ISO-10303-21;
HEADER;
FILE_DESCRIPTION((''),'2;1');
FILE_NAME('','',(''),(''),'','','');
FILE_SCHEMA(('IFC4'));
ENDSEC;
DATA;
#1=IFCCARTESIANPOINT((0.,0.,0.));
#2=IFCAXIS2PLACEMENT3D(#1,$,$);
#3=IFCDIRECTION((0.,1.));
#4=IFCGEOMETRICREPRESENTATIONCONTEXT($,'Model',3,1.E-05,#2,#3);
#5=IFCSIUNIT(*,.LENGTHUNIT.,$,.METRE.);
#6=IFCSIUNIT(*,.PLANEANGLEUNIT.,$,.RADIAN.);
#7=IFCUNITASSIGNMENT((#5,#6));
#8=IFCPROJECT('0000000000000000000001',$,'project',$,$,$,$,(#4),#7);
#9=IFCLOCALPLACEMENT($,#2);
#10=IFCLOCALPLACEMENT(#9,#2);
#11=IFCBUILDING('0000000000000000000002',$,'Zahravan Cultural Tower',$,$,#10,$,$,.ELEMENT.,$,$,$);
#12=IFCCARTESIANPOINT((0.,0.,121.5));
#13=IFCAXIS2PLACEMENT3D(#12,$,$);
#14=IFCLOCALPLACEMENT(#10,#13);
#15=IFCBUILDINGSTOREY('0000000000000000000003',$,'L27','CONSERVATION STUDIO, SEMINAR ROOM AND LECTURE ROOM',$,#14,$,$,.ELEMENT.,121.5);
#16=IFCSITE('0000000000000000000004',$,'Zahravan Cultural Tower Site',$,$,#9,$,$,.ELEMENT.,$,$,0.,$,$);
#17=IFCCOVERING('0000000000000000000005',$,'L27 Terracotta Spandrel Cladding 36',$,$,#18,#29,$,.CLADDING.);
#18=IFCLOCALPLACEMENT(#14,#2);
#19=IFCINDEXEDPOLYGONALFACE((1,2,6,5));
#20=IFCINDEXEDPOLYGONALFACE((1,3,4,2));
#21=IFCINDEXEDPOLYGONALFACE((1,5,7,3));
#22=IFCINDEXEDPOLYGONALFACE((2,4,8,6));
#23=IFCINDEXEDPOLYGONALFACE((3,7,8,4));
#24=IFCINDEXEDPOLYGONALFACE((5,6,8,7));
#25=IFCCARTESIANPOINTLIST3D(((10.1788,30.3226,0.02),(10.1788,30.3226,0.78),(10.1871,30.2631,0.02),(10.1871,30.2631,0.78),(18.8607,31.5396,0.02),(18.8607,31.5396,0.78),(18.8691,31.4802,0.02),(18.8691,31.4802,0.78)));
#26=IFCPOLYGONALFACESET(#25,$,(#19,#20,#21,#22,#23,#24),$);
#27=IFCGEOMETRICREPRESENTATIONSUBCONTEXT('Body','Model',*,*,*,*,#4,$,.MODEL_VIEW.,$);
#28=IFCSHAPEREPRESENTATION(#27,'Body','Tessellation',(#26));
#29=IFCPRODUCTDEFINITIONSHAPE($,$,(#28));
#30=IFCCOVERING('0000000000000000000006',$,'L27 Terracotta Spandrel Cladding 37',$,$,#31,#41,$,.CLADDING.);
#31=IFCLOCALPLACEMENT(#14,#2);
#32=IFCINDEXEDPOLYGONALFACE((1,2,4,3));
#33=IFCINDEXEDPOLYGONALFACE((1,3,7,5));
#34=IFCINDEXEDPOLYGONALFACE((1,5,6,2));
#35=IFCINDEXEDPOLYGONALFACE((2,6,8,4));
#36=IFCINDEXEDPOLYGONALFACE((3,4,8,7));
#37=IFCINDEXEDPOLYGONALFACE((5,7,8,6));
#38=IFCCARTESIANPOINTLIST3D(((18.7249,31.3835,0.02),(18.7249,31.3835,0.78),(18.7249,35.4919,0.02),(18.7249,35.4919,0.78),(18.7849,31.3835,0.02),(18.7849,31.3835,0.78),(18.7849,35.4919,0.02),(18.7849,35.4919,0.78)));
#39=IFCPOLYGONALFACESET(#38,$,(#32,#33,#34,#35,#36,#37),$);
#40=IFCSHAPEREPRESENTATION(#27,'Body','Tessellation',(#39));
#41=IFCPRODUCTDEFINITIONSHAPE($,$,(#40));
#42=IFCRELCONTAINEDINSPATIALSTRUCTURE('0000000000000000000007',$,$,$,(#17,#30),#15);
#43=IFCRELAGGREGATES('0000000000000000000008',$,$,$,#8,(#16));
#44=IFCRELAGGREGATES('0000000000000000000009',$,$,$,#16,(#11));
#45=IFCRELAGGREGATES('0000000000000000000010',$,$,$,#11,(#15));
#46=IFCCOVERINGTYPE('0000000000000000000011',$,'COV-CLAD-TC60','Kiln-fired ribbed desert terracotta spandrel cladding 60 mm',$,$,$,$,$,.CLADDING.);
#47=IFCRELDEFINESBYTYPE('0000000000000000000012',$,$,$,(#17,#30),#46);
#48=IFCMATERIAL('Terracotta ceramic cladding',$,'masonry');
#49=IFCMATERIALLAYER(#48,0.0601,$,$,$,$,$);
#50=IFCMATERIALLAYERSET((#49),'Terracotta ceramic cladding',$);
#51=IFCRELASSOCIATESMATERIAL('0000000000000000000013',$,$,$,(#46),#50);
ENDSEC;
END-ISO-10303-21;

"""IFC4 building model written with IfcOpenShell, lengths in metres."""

from ifc_helpers import new_model, si_unit, direction, frame, origin, origin_2d, place, context, subcontext, project, spatial, rectangle, extrude, source, transform, mapped, material, layer, layer_set, type_object, element, save


model = new_model("IFC4")

# Units and contexts
model_context = context("Model", 3, precision=1e-05, world=origin(), true_north=direction((0.0, 1.0)))
body_context = subcontext(model_context, "Body", "Model", "MODEL_VIEW")
ifc_project = project(units=[si_unit("LENGTHUNIT", "METRE"), si_unit("PLANEANGLEUNIT", "RADIAN")], contexts=[model_context])

# Site, building, storey
site_placement = place(None, origin())
site = spatial("IfcSite", under=ifc_project, at=site_placement, Name="Zahravan Cultural Tower Site", CompositionType="ELEMENT", RefElevation=0.0)
building_placement = place(site_placement, origin())
building = spatial("IfcBuilding", under=site, at=building_placement, Name="Zahravan Cultural Tower", CompositionType="ELEMENT")
storey_placement = place(building_placement, frame((0.0, 0.0, 121.5)))
storey = spatial("IfcBuildingStorey", under=building, at=storey_placement, Name="L27", Description="CONSERVATION STUDIO, SEMINAR ROOM AND LECTURE ROOM", CompositionType="ELEMENT", Elevation=121.5)

# Coverings
ifc_material_1 = material(Name="Terracotta ceramic cladding", Category="masonry")
ifc_layer_1 = layer(ifc_material_1, 0.0601)
ifc_layer_set_1 = layer_set([ifc_layer_1], Name="Terracotta ceramic cladding")
covering_type = type_object("IfcCoveringType", Name="COV-CLAD-TC60", Description="Kiln-fired ribbed desert terracotta spandrel cladding 60 mm", PredefinedType="CLADDING", material=ifc_layer_set_1)
shared_shape_1 = source(origin(), body_context, "Body", "SweptSolid", [
    extrude(rectangle(XDim=8.7668, YDim=0.0601, at=origin_2d()), origin(), (0.0, 0.0, 1.0), 0.76),
])
covering_1_placement = place(storey_placement, frame((14.5239, 30.9014, 0.02), z_axis=(0.0, 0.0, 1.0), x_axis=(0.990317, 0.138827, 0.0)))
element("IfcCovering", 1, at=covering_1_placement, inside=storey, type_object=covering_type, Name="L27 Terracotta Spandrel Cladding 36", PredefinedType="CLADDING", context=body_context, shape_type="MappedRepresentation", body=[
    mapped(shared_shape_1, transform((0.0, 0.0, 0.0), x_axis=(1.0, 0.0, 0.0), y_axis=(0.0, 1.0, 0.0), z_axis=(0.0, 0.0, 1.0), scale=1.0)),
])
shared_shape_2 = source(origin(), body_context, "Body", "SweptSolid", [
    extrude(rectangle(XDim=4.1084, YDim=0.0601, at=origin_2d()), origin(), (0.0, 0.0, 1.0), 0.76),
])
covering_2_placement = place(storey_placement, frame((18.7549, 33.4377, 0.02), z_axis=(0.0, 0.0, 1.0), x_axis=(0.0, 1.0, 0.0)))
element("IfcCovering", 2, at=covering_2_placement, inside=storey, type_object=covering_type, Name="L27 Terracotta Spandrel Cladding 37", PredefinedType="CLADDING", context=body_context, shape_type="MappedRepresentation", body=[
    mapped(shared_shape_2, transform((0.0, 0.0, 0.0), x_axis=(1.0, 0.0, 0.0), y_axis=(0.0, 1.0, 0.0), z_axis=(0.0, 0.0, 1.0), scale=1.0)),
])

save(model, "model.ifc")
